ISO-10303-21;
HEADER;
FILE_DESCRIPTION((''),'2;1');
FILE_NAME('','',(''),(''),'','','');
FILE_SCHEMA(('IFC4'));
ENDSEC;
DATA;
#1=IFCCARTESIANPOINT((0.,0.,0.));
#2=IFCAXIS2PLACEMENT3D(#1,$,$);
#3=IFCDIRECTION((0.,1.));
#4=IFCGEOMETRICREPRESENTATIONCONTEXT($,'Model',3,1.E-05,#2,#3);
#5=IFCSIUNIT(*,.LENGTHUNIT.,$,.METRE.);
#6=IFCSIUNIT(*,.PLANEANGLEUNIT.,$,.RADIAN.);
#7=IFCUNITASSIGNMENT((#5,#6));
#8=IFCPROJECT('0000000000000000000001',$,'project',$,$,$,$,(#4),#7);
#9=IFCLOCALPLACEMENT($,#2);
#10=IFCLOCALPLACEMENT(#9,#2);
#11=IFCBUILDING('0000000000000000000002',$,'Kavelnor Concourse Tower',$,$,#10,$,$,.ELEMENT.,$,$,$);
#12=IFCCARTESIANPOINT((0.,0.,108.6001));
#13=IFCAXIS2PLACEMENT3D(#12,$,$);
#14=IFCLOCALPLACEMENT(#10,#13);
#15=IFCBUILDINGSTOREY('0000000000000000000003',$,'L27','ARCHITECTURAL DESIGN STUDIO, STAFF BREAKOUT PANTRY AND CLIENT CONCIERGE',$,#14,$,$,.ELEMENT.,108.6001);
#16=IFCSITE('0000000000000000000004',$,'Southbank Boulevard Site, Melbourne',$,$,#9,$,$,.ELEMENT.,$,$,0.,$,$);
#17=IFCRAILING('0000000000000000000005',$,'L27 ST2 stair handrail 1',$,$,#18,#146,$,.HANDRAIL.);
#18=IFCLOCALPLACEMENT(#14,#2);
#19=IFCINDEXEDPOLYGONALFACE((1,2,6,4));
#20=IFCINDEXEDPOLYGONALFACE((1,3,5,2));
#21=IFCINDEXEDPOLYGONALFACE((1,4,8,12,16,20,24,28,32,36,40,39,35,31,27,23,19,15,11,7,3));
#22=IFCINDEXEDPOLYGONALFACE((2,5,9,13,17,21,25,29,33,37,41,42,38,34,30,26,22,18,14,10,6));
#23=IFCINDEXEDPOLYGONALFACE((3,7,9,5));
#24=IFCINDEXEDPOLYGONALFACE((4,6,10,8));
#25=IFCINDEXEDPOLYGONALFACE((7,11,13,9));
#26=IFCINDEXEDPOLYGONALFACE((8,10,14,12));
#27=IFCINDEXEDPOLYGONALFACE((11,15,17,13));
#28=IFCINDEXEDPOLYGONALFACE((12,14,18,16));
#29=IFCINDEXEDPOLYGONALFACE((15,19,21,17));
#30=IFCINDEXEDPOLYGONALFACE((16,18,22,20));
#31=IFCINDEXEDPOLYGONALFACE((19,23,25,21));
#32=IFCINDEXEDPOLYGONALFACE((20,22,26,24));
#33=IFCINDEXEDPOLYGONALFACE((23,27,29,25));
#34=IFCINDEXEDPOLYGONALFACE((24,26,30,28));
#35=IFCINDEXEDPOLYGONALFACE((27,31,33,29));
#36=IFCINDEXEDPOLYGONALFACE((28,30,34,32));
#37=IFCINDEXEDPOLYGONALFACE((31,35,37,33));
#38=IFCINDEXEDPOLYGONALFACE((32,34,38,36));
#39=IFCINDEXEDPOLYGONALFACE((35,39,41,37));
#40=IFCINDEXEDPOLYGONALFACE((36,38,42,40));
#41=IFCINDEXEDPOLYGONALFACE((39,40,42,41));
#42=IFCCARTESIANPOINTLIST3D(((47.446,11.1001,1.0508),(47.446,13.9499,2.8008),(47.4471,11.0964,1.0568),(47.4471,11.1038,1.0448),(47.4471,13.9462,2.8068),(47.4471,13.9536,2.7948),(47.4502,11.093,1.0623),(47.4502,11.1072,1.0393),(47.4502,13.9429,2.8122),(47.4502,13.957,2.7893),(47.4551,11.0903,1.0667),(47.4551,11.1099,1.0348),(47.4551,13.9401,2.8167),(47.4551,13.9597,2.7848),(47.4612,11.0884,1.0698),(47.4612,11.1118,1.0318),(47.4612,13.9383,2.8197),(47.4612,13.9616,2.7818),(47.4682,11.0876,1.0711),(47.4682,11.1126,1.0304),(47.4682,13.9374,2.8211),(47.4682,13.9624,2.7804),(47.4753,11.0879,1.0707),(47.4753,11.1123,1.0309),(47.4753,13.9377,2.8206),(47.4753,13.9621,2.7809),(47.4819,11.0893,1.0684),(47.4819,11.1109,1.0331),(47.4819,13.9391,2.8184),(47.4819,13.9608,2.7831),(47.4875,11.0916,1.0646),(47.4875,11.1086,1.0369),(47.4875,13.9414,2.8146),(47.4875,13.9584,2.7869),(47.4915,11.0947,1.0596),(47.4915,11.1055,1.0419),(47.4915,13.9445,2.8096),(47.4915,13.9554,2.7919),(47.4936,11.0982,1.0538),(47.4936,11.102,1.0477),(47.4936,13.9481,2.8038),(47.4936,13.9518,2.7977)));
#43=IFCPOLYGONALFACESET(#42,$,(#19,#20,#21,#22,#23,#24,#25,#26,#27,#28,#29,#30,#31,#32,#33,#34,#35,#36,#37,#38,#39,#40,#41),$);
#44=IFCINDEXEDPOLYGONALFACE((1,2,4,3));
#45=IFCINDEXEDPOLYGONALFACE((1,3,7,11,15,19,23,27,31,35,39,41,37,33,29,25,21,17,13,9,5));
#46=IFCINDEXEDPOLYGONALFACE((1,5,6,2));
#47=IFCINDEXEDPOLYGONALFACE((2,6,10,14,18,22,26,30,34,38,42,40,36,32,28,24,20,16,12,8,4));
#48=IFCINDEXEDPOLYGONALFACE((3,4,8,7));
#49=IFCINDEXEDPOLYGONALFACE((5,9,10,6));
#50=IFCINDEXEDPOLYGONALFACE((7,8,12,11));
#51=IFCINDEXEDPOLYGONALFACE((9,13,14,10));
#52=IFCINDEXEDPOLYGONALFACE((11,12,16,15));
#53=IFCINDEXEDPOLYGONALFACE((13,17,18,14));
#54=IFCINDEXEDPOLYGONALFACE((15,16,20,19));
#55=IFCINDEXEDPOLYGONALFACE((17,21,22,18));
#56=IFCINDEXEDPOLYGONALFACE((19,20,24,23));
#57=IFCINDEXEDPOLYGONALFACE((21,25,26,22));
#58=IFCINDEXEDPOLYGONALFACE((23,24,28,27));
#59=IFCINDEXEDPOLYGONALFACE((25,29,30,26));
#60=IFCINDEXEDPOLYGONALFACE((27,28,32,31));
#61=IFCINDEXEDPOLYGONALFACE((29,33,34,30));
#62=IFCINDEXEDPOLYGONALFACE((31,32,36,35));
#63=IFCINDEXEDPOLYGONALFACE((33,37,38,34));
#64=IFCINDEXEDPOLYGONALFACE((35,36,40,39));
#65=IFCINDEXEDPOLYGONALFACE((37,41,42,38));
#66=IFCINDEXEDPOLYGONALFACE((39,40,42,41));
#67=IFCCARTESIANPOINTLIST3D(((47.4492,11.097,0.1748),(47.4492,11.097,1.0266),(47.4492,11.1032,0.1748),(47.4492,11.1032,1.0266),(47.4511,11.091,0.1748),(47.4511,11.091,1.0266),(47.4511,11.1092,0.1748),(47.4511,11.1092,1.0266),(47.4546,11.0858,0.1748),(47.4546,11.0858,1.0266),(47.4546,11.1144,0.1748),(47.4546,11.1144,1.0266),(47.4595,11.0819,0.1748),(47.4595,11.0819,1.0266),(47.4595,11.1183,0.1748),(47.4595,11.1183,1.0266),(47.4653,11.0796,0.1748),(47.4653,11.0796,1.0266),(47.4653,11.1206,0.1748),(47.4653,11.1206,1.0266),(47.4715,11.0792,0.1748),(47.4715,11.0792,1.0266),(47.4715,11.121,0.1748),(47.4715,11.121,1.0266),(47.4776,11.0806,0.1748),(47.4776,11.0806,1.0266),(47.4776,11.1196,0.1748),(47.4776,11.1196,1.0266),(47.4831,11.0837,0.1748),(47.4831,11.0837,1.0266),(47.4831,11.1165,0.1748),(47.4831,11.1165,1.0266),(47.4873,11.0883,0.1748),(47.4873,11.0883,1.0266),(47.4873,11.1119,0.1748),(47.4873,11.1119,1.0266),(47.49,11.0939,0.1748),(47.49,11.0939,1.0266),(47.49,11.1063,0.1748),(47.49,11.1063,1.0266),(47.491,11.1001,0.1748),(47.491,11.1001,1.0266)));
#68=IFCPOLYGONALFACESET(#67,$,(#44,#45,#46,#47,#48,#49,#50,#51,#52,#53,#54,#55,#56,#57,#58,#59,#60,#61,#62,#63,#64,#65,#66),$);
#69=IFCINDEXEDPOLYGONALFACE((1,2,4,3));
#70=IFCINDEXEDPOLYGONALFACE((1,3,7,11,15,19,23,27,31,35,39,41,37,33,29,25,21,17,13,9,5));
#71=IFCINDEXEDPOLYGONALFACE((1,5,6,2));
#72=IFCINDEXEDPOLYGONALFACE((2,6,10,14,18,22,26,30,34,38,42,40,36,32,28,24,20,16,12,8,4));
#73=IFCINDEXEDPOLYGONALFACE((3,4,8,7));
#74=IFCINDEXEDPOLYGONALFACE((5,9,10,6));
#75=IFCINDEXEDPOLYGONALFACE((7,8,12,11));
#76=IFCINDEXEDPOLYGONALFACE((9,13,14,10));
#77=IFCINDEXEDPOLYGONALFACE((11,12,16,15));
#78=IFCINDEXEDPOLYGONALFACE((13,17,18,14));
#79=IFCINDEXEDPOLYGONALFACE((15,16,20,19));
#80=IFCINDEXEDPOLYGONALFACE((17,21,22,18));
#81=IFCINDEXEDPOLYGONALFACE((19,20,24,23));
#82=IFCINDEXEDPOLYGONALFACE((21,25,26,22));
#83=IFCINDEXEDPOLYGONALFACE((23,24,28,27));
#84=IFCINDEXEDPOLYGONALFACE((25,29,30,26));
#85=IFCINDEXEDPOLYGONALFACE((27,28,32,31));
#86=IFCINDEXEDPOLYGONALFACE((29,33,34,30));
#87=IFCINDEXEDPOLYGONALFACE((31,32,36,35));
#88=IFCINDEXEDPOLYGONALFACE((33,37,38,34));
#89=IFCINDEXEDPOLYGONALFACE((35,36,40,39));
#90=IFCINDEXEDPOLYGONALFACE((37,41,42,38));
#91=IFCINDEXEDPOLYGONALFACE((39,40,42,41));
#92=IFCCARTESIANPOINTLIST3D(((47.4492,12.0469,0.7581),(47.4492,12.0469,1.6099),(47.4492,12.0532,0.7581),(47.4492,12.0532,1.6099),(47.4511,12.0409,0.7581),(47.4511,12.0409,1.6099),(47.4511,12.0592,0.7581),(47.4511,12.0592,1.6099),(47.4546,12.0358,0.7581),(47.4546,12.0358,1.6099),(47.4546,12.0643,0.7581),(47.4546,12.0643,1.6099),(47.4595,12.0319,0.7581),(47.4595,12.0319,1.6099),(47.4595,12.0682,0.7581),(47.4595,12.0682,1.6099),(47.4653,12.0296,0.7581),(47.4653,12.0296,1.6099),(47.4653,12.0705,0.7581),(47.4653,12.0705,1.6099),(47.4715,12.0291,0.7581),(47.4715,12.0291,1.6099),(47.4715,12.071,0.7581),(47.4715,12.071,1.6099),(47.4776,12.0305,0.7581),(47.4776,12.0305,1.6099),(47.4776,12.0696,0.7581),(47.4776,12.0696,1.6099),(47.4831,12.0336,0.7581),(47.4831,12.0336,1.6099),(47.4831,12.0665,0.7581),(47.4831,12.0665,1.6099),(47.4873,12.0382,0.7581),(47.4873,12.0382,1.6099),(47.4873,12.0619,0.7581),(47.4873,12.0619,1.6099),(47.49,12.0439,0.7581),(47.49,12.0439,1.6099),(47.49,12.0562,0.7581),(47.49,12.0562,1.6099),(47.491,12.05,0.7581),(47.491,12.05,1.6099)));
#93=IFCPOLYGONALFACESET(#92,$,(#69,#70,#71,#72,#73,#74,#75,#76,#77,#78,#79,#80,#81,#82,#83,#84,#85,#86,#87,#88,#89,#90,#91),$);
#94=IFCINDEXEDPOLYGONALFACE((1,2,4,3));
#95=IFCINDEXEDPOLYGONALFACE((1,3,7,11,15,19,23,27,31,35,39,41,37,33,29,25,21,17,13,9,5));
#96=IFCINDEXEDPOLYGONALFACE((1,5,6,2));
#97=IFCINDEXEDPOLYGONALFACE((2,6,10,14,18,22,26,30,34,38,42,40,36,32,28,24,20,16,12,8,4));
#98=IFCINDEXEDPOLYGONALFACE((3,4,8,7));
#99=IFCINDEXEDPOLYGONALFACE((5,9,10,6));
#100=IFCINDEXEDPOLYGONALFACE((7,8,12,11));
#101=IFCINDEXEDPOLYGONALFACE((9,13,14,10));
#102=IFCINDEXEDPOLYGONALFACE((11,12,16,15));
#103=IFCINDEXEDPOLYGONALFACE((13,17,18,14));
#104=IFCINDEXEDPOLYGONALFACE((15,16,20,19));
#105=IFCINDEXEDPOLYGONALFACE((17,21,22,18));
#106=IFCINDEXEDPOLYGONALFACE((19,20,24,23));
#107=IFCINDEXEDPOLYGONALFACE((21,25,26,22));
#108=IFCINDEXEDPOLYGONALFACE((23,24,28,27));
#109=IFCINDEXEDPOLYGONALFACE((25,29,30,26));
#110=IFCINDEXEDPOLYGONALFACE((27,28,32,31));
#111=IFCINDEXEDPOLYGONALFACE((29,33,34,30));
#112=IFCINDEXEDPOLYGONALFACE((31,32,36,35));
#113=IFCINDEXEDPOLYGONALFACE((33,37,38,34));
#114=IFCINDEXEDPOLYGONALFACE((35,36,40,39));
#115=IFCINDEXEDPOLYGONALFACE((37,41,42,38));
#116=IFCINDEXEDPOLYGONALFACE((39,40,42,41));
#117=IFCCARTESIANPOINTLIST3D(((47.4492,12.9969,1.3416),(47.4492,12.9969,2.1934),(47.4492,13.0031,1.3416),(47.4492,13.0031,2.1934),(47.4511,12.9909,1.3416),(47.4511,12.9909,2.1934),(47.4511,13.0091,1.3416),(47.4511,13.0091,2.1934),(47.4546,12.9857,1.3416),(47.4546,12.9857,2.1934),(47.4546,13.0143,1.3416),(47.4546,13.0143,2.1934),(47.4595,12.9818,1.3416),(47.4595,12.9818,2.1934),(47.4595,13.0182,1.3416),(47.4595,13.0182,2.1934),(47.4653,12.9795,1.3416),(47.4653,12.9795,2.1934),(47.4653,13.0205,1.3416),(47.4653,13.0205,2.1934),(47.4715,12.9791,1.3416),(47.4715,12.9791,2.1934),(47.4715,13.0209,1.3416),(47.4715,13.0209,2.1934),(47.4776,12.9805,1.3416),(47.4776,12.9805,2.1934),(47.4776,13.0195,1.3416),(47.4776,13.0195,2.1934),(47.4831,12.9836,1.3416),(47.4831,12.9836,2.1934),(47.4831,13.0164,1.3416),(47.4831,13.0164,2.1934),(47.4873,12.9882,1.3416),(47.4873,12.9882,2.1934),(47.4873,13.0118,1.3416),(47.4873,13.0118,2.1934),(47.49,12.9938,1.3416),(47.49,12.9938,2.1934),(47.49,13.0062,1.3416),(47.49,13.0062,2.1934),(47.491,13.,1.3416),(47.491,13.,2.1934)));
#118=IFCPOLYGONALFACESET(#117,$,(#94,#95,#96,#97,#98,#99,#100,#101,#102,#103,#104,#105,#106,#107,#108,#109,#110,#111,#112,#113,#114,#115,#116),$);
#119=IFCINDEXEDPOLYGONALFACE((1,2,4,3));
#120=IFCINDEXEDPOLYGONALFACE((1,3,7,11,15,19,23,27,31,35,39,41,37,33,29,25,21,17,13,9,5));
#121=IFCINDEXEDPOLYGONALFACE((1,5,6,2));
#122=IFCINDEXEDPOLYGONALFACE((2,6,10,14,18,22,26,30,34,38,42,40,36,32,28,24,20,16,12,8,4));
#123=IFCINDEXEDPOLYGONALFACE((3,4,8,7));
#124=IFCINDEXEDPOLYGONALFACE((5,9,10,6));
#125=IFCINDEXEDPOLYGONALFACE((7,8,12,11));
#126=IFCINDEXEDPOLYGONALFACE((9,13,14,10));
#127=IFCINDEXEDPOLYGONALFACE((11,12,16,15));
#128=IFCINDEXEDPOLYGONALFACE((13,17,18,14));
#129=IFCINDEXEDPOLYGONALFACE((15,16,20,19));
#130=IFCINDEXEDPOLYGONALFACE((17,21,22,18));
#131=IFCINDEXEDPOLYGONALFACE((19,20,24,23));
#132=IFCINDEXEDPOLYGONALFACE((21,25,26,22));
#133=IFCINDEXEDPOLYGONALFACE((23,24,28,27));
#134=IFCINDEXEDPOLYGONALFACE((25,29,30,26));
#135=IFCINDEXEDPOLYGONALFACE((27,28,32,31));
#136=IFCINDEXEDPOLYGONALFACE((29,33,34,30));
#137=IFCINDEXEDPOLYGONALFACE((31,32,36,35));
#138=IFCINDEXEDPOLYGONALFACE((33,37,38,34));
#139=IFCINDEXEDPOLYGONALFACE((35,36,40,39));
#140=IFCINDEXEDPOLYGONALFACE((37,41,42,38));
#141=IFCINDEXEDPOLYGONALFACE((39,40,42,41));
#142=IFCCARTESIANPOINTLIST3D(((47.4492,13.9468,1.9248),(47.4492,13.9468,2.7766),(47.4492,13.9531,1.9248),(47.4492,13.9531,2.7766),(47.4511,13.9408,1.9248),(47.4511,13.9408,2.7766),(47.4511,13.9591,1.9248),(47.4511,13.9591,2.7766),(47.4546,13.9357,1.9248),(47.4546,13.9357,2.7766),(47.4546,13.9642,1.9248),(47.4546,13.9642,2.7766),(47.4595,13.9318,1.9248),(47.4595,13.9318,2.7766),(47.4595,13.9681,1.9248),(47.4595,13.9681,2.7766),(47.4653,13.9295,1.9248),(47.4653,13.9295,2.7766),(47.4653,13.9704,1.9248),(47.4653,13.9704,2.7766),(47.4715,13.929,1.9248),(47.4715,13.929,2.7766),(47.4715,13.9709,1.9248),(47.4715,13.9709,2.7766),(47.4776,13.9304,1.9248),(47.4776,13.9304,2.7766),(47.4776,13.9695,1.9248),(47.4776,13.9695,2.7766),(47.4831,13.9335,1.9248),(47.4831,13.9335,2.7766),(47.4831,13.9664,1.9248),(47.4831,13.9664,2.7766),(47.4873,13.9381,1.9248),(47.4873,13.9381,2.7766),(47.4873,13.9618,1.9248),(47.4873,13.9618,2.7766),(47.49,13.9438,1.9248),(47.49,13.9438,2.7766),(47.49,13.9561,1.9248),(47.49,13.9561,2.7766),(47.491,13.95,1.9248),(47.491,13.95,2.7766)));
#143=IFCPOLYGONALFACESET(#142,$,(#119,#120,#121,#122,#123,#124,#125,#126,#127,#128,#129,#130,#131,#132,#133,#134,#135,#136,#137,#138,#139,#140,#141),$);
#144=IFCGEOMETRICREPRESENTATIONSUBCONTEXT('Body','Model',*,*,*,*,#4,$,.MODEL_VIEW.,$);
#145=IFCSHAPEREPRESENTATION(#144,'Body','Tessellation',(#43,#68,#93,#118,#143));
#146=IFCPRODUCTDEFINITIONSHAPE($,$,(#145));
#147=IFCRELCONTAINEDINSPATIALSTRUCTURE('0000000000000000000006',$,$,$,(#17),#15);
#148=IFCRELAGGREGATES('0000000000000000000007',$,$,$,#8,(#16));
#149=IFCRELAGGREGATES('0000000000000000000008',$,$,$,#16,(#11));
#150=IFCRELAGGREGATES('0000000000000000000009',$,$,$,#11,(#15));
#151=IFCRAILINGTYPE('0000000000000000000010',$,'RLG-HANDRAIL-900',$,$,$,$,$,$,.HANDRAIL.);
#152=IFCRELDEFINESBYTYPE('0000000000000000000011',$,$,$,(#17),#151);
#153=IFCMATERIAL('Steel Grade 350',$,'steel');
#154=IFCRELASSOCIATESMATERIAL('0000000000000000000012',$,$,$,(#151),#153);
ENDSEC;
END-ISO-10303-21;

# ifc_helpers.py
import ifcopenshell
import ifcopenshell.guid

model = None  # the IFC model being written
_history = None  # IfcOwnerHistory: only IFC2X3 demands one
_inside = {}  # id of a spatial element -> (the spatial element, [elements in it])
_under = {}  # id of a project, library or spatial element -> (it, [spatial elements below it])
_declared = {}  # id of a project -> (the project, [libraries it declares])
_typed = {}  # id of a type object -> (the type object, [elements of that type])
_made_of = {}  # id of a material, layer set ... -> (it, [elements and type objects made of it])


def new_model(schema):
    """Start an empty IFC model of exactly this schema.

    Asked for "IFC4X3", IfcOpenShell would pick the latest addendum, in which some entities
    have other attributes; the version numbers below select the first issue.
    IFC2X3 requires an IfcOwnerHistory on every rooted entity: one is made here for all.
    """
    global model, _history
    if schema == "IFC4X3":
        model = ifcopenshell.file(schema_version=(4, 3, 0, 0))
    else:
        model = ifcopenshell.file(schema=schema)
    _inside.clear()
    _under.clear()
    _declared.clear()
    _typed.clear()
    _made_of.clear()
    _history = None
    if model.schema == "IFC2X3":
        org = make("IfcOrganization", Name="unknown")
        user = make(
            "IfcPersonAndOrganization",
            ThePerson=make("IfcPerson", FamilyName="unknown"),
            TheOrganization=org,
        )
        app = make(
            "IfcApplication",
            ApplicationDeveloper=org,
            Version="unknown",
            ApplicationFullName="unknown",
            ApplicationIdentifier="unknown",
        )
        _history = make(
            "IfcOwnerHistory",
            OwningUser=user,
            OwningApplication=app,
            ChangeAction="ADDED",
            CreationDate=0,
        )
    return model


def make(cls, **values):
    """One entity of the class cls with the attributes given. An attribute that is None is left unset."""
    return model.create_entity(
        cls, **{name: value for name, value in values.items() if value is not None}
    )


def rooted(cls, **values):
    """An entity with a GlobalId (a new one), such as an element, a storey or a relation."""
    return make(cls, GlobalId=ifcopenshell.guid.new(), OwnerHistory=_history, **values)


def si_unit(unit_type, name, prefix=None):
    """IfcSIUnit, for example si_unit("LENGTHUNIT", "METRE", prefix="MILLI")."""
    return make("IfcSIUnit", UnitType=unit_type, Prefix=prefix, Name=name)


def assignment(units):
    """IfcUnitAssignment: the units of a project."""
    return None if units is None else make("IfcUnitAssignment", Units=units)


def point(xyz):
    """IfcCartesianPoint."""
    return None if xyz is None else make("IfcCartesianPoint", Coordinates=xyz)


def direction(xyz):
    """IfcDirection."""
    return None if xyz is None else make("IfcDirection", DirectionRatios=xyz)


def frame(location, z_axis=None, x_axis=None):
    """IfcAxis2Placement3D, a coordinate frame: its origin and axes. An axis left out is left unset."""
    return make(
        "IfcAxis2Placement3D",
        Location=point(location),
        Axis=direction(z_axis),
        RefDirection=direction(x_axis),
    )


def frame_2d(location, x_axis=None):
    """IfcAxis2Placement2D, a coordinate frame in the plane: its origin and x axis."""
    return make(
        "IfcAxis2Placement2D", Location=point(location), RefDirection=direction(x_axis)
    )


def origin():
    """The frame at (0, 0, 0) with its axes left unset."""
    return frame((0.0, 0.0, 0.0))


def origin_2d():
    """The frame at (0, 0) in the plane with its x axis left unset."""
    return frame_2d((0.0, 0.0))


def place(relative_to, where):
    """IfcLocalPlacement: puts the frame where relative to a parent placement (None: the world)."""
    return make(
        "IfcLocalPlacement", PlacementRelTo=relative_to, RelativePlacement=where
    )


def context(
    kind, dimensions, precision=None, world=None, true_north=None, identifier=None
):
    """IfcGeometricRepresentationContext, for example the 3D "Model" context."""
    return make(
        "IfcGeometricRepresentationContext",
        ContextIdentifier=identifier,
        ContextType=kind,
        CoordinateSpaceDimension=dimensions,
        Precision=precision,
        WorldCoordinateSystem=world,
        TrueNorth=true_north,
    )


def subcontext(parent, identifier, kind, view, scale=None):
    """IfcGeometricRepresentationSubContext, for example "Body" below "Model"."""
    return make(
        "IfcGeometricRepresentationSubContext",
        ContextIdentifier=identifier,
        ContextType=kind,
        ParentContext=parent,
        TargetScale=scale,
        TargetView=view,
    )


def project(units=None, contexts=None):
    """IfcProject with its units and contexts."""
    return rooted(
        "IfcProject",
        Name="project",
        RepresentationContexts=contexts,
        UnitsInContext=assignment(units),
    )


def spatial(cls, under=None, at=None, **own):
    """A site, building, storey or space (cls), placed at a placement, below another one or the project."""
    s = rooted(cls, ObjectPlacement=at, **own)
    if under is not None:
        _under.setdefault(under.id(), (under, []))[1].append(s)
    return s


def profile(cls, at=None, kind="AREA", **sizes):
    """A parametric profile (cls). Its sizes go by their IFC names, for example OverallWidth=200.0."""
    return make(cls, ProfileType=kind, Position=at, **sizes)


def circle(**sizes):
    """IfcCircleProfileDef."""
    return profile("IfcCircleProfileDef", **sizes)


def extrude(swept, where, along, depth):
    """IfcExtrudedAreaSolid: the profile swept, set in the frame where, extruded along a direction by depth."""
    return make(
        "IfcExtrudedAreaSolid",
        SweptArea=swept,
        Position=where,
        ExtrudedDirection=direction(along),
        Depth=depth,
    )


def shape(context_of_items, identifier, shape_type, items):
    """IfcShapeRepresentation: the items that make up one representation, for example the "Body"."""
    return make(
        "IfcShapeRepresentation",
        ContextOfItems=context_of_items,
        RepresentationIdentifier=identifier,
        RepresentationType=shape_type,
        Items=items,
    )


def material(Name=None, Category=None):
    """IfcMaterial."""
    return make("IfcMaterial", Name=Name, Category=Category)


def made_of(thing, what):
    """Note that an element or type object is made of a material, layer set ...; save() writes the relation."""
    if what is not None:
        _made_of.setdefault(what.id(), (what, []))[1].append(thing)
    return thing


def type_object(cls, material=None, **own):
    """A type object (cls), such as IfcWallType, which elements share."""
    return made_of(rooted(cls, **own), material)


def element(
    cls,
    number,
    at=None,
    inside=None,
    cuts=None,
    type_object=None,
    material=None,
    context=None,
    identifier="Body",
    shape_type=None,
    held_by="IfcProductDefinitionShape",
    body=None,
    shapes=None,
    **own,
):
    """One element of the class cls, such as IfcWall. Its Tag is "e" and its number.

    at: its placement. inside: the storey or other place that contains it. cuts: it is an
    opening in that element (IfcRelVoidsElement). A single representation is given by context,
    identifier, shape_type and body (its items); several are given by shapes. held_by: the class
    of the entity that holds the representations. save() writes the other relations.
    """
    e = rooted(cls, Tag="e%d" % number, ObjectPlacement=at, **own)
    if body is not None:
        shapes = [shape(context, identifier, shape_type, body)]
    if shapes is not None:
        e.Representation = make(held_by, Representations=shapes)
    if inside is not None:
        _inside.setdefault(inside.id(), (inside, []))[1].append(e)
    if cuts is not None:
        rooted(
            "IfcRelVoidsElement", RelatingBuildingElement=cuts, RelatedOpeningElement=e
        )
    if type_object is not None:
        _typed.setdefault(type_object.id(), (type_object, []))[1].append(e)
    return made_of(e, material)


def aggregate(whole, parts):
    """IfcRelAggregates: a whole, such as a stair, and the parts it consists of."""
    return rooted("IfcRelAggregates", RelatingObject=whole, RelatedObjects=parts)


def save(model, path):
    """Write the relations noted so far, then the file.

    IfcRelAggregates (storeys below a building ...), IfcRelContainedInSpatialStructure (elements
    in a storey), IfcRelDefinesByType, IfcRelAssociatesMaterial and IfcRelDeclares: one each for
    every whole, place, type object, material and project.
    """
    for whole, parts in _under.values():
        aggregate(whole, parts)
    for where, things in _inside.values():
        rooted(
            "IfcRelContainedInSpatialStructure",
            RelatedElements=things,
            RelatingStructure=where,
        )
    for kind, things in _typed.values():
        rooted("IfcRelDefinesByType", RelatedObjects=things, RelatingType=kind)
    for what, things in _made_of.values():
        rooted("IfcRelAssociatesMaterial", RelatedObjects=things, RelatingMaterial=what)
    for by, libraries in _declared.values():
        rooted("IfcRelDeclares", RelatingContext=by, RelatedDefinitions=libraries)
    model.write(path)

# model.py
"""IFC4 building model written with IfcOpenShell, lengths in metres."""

from ifc_helpers import new_model, si_unit, direction, frame, origin, origin_2d, place, context, subcontext, project, spatial, circle, extrude, material, type_object, element, save


model = new_model("IFC4")

# Units and contexts
model_context = context("Model", 3, precision=1e-05, world=origin(), true_north=direction((0.0, 1.0)))
body_context = subcontext(model_context, "Body", "Model", "MODEL_VIEW")
ifc_project = project(units=[si_unit("LENGTHUNIT", "METRE"), si_unit("PLANEANGLEUNIT", "RADIAN")], contexts=[model_context])

# Site, building, storey
site_placement = place(None, origin())
site = spatial("IfcSite", under=ifc_project, at=site_placement, Name="Southbank Boulevard Site, Melbourne", CompositionType="ELEMENT", RefElevation=0.0)
building_placement = place(site_placement, origin())
building = spatial("IfcBuilding", under=site, at=building_placement, Name="Kavelnor Concourse Tower", CompositionType="ELEMENT")
storey_placement = place(building_placement, frame((0.0, 0.0, 108.6001)))
storey = spatial("IfcBuildingStorey", under=building, at=storey_placement, Name="L27", Description="ARCHITECTURAL DESIGN STUDIO, STAFF BREAKOUT PANTRY AND CLIENT CONCIERGE", CompositionType="ELEMENT", Elevation=108.6001)

# Shared definitions
ifc_material_1 = material(Name="Steel Grade 350", Category="steel")

# Railing
railing_type_1 = type_object("IfcRailingType", Name="RLG-HANDRAIL-900", PredefinedType="HANDRAIL", material=ifc_material_1)
railing_1_placement = place(storey_placement, frame((47.47, 11.1001, 0.1748)))
element("IfcRailing", 1, at=railing_1_placement, inside=storey, type_object=railing_type_1, Name="L27 ST2 stair handrail 1", PredefinedType="HANDRAIL", context=body_context, shape_type="SweptSolid", body=[
    extrude(circle(Radius=0.0239, at=origin_2d()), frame((0.0, 0.0, 0.876), z_axis=(0.0, 0.852159, 0.523283), x_axis=(-1.0, 0.0, 0.0)), (0.0, 0.0, 1.0), 3.3442),
    extrude(circle(Radius=0.021, at=origin_2d()), origin(), (0.0, 0.0, 1.0), 0.8518),
    extrude(circle(Radius=0.021, at=origin_2d()), frame((0.0, 0.95, 0.5833)), (0.0, 0.0, 1.0), 0.8518),
    extrude(circle(Radius=0.021, at=origin_2d()), frame((0.0, 1.8999, 1.1667)), (0.0, 0.0, 1.0), 0.8518),
    extrude(circle(Radius=0.021, at=origin_2d()), frame((0.0, 2.8499, 1.75)), (0.0, 0.0, 1.0), 0.8518),
])

save(model, "model.ifc")
